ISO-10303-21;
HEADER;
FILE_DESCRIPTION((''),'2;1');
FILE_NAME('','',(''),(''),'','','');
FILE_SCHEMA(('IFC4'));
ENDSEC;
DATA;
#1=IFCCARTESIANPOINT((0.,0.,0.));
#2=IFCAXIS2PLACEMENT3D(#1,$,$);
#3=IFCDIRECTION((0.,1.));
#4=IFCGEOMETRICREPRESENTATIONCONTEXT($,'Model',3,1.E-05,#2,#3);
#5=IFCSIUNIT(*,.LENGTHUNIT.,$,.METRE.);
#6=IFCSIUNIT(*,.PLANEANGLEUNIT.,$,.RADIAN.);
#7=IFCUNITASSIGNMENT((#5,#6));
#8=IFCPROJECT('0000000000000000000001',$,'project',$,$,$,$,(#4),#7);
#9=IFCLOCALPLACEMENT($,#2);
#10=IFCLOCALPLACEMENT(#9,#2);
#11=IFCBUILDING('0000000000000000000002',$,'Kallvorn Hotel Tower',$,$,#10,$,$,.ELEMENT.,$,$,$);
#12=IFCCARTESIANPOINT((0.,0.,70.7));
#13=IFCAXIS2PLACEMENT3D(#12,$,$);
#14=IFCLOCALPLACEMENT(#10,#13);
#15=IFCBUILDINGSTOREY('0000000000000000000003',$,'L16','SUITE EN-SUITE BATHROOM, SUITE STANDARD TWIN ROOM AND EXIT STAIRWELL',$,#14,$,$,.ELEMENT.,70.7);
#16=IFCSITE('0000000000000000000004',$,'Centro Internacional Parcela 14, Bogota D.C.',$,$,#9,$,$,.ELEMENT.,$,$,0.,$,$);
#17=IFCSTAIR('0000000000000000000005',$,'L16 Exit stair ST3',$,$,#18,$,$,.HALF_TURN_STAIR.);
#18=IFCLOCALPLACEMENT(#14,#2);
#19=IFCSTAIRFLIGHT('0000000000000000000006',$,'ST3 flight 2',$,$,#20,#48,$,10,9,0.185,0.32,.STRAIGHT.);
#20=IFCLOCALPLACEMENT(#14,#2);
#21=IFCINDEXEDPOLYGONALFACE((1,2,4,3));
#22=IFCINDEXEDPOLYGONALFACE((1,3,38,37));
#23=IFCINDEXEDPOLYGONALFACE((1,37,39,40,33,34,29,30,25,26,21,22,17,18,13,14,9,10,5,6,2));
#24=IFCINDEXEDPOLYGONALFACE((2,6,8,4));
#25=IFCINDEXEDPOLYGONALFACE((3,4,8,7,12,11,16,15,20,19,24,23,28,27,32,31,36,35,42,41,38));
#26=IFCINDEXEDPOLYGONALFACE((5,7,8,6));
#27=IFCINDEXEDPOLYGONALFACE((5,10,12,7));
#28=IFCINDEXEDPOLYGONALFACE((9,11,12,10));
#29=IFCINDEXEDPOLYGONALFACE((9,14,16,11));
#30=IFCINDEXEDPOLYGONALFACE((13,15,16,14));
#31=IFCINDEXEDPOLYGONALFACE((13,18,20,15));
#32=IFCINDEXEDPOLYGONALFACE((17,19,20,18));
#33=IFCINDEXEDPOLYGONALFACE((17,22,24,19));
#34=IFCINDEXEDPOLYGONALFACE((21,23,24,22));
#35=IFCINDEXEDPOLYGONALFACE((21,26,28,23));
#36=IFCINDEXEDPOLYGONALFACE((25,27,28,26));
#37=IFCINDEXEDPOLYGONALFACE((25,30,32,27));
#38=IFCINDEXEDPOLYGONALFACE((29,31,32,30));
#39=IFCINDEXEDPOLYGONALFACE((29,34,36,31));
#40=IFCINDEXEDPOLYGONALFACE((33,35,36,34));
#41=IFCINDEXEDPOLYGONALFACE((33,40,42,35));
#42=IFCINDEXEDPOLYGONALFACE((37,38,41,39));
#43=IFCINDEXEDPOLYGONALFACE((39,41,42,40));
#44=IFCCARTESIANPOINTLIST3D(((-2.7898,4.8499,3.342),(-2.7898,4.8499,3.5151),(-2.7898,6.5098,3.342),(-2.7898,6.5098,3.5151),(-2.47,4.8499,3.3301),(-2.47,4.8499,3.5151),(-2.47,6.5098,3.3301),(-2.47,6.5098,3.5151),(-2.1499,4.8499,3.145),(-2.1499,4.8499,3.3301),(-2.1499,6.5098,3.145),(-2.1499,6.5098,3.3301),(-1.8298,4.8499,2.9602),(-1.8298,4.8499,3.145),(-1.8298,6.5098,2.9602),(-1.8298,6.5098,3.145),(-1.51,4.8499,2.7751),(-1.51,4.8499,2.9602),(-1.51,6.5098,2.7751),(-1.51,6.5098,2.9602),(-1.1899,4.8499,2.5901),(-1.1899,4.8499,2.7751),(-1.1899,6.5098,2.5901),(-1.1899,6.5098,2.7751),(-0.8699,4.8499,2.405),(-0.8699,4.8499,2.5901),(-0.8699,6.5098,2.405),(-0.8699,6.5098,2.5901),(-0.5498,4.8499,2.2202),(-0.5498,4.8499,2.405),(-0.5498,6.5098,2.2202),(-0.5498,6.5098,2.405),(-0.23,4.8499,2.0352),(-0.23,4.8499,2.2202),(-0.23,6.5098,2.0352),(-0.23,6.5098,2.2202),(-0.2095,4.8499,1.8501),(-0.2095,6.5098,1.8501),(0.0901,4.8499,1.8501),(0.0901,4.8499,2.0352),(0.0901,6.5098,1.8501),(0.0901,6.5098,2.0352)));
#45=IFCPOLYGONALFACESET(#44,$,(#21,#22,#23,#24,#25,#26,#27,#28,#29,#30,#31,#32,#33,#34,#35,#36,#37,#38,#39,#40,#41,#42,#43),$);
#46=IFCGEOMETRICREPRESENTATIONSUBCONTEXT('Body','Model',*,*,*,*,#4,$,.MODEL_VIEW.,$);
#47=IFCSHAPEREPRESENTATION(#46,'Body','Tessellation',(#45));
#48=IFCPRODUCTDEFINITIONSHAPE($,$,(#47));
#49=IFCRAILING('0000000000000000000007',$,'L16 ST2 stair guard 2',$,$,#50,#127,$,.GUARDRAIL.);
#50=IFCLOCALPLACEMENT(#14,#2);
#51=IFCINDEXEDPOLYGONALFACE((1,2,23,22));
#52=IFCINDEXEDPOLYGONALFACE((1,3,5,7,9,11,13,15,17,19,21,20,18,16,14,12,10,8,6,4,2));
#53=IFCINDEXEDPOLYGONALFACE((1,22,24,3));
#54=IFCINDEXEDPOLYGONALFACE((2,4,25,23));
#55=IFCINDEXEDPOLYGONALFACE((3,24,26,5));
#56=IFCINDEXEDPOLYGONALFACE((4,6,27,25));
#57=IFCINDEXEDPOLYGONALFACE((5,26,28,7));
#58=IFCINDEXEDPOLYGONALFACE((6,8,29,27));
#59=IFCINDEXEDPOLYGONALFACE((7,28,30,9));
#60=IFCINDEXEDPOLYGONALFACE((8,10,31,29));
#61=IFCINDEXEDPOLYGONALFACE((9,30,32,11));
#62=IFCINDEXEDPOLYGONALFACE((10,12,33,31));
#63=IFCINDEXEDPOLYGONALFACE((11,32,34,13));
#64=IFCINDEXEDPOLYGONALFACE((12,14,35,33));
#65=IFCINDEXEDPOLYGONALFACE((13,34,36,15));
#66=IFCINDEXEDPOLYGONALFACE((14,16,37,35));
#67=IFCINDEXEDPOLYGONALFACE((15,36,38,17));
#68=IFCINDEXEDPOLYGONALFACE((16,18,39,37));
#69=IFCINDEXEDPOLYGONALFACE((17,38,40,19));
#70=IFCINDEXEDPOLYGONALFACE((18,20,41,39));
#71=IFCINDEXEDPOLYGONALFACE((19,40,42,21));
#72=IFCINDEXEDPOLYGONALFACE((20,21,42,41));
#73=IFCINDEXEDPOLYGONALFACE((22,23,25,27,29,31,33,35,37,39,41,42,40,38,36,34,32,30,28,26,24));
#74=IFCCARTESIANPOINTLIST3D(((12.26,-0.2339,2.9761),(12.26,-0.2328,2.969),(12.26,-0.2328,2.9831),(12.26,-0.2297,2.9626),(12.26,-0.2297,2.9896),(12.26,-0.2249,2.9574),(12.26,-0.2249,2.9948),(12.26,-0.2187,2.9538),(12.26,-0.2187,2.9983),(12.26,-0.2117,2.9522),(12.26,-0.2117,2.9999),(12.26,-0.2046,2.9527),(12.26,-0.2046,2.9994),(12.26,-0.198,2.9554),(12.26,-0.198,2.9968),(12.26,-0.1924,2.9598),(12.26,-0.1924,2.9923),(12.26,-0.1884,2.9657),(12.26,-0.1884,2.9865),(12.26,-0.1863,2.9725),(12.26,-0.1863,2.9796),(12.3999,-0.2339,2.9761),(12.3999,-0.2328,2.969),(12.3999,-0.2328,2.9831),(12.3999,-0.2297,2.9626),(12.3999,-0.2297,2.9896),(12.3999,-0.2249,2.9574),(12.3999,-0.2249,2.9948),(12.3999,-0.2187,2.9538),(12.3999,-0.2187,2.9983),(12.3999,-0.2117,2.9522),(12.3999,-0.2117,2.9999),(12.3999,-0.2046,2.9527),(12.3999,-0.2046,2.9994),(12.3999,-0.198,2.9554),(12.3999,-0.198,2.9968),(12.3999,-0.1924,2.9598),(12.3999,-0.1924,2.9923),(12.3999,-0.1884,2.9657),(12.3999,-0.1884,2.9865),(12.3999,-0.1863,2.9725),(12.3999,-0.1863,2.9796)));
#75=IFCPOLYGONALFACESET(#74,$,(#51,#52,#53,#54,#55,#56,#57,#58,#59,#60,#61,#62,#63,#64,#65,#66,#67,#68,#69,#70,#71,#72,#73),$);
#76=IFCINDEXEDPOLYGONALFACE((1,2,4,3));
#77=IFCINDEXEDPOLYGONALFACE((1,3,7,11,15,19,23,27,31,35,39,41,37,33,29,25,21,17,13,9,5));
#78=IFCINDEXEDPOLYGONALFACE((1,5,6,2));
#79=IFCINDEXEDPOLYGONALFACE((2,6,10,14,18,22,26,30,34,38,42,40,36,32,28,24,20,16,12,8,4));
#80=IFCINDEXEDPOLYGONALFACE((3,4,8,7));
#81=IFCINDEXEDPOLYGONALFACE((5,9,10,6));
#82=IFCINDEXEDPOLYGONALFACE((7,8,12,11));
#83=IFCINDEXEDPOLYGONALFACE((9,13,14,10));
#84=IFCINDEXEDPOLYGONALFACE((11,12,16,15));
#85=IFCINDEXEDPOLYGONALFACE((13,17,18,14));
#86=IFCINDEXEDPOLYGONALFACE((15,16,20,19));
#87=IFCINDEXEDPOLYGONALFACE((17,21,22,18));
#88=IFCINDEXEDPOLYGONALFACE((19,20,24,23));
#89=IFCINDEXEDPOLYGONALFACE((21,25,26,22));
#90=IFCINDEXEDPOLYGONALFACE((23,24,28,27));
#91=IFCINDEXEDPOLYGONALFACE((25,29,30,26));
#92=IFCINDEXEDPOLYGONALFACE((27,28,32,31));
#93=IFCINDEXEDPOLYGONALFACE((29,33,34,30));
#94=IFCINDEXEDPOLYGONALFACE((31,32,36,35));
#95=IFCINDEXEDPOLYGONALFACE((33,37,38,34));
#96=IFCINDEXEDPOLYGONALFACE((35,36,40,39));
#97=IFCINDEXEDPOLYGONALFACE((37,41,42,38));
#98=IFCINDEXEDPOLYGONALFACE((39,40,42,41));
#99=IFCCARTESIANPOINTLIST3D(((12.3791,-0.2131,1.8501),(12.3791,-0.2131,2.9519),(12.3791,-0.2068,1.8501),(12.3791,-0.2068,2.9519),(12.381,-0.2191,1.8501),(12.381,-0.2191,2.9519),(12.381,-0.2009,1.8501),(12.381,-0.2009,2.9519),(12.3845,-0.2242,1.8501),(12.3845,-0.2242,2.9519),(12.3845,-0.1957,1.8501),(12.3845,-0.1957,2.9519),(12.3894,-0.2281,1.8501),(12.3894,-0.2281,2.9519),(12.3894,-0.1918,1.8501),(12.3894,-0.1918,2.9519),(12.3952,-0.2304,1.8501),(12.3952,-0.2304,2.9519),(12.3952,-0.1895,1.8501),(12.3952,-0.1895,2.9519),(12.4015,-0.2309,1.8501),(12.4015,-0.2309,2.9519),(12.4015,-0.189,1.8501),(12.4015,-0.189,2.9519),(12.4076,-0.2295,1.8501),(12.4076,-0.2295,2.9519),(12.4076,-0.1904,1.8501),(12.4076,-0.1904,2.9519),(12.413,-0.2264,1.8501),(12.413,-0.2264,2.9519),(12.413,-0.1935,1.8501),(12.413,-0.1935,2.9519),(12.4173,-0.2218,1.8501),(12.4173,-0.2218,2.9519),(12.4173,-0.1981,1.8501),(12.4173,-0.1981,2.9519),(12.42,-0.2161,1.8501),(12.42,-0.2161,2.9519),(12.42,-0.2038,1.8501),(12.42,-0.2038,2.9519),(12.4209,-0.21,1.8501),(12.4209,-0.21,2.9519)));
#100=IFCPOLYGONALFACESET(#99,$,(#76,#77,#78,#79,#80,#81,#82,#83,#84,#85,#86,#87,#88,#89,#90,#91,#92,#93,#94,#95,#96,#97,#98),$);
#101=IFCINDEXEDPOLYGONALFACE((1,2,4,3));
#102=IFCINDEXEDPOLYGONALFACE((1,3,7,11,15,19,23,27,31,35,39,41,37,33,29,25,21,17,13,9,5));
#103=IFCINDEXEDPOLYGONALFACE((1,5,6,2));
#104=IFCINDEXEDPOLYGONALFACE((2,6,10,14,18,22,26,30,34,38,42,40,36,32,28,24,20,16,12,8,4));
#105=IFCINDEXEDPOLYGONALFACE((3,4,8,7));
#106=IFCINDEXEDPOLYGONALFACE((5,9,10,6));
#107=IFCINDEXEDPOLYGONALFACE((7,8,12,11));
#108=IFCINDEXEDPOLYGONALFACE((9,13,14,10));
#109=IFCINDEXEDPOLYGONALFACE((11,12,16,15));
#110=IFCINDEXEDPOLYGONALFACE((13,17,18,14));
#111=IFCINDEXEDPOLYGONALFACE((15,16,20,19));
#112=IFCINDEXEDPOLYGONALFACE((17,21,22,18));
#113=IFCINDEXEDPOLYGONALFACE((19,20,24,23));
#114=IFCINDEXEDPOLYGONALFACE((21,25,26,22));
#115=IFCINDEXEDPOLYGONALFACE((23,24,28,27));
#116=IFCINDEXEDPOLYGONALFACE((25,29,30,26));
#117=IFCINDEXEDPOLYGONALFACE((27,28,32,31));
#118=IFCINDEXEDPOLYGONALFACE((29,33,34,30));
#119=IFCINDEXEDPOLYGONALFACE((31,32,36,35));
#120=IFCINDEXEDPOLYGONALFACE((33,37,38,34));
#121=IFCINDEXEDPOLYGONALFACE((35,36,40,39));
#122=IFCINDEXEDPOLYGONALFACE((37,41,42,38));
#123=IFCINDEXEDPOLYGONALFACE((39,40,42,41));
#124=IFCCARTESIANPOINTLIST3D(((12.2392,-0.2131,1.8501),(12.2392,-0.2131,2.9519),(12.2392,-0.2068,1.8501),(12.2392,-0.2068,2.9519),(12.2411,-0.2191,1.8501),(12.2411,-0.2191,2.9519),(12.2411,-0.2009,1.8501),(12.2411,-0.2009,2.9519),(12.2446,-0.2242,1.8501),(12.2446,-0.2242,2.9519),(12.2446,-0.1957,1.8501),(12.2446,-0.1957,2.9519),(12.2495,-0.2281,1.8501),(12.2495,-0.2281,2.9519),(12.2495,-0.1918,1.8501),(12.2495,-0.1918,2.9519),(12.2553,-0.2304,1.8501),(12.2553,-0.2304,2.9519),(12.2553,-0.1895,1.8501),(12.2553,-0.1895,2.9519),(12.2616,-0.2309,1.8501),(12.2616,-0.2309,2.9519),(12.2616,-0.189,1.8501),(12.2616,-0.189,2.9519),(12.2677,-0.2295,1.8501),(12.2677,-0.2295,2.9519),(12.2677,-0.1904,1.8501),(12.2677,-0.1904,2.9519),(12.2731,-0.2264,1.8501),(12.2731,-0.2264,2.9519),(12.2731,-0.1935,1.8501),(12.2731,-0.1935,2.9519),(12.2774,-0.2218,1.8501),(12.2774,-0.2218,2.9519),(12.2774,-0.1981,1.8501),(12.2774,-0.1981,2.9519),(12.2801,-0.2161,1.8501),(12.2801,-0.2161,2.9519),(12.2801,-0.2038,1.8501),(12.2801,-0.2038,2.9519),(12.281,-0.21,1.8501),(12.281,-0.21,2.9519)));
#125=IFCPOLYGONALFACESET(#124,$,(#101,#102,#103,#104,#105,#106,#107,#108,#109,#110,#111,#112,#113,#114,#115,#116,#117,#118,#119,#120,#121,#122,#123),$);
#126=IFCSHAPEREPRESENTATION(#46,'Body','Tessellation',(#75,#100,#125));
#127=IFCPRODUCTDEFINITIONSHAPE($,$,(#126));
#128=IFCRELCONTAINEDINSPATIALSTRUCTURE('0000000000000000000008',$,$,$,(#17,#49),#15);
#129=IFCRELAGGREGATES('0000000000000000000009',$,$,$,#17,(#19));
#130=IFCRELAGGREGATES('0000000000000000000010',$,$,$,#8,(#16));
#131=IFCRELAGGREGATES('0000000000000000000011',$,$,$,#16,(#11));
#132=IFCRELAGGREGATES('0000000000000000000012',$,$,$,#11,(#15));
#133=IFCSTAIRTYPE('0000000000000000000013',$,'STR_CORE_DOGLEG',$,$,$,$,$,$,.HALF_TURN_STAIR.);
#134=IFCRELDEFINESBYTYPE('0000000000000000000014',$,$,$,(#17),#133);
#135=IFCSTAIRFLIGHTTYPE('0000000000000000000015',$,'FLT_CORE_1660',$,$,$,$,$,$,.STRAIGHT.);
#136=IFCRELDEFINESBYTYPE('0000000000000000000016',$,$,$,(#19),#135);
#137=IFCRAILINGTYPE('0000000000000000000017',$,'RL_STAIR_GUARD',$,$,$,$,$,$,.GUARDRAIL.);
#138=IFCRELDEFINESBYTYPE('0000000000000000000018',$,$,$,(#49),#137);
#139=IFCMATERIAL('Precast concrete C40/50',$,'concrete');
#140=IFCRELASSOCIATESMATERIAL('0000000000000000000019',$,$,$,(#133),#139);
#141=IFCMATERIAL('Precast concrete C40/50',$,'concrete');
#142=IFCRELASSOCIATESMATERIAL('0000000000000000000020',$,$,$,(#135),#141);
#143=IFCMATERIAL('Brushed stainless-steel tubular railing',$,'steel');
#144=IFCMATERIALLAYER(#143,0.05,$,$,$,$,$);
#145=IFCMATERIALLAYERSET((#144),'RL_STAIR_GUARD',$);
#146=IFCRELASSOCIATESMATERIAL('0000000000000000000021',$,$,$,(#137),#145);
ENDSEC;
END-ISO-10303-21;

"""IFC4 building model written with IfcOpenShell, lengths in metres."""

from ifc_helpers import new_model, si_unit, direction, frame, origin, origin_2d, place, context, subcontext, project, spatial, polyline, circle, outline, extrude, material, layer, layer_set, type_object, element, aggregate, save


model = new_model("IFC4")

# Units and contexts
model_context = context("Model", 3, precision=1e-05, world=origin(), true_north=direction((0.0, 1.0)))
body_context = subcontext(model_context, "Body", "Model", "MODEL_VIEW")
ifc_project = project(units=[si_unit("LENGTHUNIT", "METRE"), si_unit("PLANEANGLEUNIT", "RADIAN")], contexts=[model_context])

# Site, building, storey
site_placement = place(None, origin())
site = spatial("IfcSite", under=ifc_project, at=site_placement, Name="Centro Internacional Parcela 14, Bogota D.C.", CompositionType="ELEMENT", RefElevation=0.0)
building_placement = place(site_placement, origin())
building = spatial("IfcBuilding", under=site, at=building_placement, Name="Kallvorn Hotel Tower", CompositionType="ELEMENT")
storey_placement = place(building_placement, frame((0.0, 0.0, 70.7)))
storey = spatial("IfcBuildingStorey", under=building, at=storey_placement, Name="L16", Description="SUITE EN-SUITE BATHROOM, SUITE STANDARD TWIN ROOM AND EXIT STAIRWELL", CompositionType="ELEMENT", Elevation=70.7)

# Stair, stair flight
ifc_material_1 = material(Name="Precast concrete C40/50", Category="concrete")
stair_type = type_object("IfcStairType", Name="STR_CORE_DOGLEG", PredefinedType="HALF_TURN_STAIR", material=ifc_material_1)
ifc_material_2 = material(Name="Precast concrete C40/50", Category="concrete")
stair_flight_type = type_object("IfcStairFlightType", Name="FLT_CORE_1660", PredefinedType="STRAIGHT", material=ifc_material_2)
stair_1_placement = place(storey_placement, origin())
stair_1 = element("IfcStair", 1, at=stair_1_placement, inside=storey, type_object=stair_type, Name="L16 Exit stair ST3", PredefinedType="HALF_TURN_STAIR")
stair_flight_1_placement = place(storey_placement, frame((0.0901, 5.6799, 1.8501), z_axis=(0.0, 0.0, 1.0), x_axis=(-1.0, 0.0, 0.0)))
stair_flight_1 = element("IfcStairFlight", 2, at=stair_flight_1_placement, type_object=stair_flight_type, Name="ST3 flight 2", NumberOfRisers=10, NumberOfTreads=9, PredefinedType="STRAIGHT", RiserHeight=0.185, TreadLength=0.32, context=body_context, shape_type="SweptSolid", body=[
    extrude(outline(polyline([(0.0, 0.0), (0.0, 0.1851), (0.3201, 0.1851), (0.3201, 0.3701), (0.6399, 0.3701), (0.6399, 0.5549), (0.96, 0.5549), (0.96, 0.74), (1.28, 0.74), (1.28, 0.925), (1.6001, 0.925), (1.6001, 1.1101), (1.9199, 1.1101), (1.9199, 1.2949), (2.24, 1.2949), (2.24, 1.48), (2.5601, 1.48), (2.5601, 1.665), (2.8799, 1.665), (2.8799, 1.8501), (2.8799, 1.4919), (0.2996, 0.0), (0.0, 0.0)])), frame((0.0, 0.8301, 0.0), z_axis=(0.0, -1.0, 0.0), x_axis=(1.0, 0.0, 0.0)), (0.0, 0.0, 1.0), 1.6599),
])
aggregate(stair_1, [stair_flight_1])

# Railing
ifc_material_3 = material(Name="Brushed stainless-steel tubular railing", Category="steel")
ifc_layer_1 = layer(ifc_material_3, 0.05)
ifc_layer_set_1 = layer_set([ifc_layer_1], Name="RL_STAIR_GUARD")
railing_type_1 = type_object("IfcRailingType", Name="RL_STAIR_GUARD", PredefinedType="GUARDRAIL", material=ifc_layer_set_1)
railing_1_placement = place(storey_placement, frame((12.3999, -0.21, 1.8501)))
element("IfcRailing", 3, at=railing_1_placement, inside=storey, type_object=railing_type_1, Name="L16 ST2 stair guard 2", PredefinedType="GUARDRAIL", context=body_context, shape_type="SweptSolid", body=[
    extrude(circle(Radius=0.0239, at=origin_2d()), frame((0.0, 0.0, 1.126), z_axis=(-1.0, 0.0, 0.0), x_axis=(0.0, -1.0, 0.0)), (0.0, 0.0, 1.0), 0.1399),
    extrude(circle(Radius=0.021, at=origin_2d()), origin(), (0.0, 0.0, 1.0), 1.1018),
    extrude(circle(Radius=0.021, at=origin_2d()), frame((-0.1399, 0.0, 0.0)), (0.0, 0.0, 1.0), 1.1018),
])

save(model, "model.ifc")
